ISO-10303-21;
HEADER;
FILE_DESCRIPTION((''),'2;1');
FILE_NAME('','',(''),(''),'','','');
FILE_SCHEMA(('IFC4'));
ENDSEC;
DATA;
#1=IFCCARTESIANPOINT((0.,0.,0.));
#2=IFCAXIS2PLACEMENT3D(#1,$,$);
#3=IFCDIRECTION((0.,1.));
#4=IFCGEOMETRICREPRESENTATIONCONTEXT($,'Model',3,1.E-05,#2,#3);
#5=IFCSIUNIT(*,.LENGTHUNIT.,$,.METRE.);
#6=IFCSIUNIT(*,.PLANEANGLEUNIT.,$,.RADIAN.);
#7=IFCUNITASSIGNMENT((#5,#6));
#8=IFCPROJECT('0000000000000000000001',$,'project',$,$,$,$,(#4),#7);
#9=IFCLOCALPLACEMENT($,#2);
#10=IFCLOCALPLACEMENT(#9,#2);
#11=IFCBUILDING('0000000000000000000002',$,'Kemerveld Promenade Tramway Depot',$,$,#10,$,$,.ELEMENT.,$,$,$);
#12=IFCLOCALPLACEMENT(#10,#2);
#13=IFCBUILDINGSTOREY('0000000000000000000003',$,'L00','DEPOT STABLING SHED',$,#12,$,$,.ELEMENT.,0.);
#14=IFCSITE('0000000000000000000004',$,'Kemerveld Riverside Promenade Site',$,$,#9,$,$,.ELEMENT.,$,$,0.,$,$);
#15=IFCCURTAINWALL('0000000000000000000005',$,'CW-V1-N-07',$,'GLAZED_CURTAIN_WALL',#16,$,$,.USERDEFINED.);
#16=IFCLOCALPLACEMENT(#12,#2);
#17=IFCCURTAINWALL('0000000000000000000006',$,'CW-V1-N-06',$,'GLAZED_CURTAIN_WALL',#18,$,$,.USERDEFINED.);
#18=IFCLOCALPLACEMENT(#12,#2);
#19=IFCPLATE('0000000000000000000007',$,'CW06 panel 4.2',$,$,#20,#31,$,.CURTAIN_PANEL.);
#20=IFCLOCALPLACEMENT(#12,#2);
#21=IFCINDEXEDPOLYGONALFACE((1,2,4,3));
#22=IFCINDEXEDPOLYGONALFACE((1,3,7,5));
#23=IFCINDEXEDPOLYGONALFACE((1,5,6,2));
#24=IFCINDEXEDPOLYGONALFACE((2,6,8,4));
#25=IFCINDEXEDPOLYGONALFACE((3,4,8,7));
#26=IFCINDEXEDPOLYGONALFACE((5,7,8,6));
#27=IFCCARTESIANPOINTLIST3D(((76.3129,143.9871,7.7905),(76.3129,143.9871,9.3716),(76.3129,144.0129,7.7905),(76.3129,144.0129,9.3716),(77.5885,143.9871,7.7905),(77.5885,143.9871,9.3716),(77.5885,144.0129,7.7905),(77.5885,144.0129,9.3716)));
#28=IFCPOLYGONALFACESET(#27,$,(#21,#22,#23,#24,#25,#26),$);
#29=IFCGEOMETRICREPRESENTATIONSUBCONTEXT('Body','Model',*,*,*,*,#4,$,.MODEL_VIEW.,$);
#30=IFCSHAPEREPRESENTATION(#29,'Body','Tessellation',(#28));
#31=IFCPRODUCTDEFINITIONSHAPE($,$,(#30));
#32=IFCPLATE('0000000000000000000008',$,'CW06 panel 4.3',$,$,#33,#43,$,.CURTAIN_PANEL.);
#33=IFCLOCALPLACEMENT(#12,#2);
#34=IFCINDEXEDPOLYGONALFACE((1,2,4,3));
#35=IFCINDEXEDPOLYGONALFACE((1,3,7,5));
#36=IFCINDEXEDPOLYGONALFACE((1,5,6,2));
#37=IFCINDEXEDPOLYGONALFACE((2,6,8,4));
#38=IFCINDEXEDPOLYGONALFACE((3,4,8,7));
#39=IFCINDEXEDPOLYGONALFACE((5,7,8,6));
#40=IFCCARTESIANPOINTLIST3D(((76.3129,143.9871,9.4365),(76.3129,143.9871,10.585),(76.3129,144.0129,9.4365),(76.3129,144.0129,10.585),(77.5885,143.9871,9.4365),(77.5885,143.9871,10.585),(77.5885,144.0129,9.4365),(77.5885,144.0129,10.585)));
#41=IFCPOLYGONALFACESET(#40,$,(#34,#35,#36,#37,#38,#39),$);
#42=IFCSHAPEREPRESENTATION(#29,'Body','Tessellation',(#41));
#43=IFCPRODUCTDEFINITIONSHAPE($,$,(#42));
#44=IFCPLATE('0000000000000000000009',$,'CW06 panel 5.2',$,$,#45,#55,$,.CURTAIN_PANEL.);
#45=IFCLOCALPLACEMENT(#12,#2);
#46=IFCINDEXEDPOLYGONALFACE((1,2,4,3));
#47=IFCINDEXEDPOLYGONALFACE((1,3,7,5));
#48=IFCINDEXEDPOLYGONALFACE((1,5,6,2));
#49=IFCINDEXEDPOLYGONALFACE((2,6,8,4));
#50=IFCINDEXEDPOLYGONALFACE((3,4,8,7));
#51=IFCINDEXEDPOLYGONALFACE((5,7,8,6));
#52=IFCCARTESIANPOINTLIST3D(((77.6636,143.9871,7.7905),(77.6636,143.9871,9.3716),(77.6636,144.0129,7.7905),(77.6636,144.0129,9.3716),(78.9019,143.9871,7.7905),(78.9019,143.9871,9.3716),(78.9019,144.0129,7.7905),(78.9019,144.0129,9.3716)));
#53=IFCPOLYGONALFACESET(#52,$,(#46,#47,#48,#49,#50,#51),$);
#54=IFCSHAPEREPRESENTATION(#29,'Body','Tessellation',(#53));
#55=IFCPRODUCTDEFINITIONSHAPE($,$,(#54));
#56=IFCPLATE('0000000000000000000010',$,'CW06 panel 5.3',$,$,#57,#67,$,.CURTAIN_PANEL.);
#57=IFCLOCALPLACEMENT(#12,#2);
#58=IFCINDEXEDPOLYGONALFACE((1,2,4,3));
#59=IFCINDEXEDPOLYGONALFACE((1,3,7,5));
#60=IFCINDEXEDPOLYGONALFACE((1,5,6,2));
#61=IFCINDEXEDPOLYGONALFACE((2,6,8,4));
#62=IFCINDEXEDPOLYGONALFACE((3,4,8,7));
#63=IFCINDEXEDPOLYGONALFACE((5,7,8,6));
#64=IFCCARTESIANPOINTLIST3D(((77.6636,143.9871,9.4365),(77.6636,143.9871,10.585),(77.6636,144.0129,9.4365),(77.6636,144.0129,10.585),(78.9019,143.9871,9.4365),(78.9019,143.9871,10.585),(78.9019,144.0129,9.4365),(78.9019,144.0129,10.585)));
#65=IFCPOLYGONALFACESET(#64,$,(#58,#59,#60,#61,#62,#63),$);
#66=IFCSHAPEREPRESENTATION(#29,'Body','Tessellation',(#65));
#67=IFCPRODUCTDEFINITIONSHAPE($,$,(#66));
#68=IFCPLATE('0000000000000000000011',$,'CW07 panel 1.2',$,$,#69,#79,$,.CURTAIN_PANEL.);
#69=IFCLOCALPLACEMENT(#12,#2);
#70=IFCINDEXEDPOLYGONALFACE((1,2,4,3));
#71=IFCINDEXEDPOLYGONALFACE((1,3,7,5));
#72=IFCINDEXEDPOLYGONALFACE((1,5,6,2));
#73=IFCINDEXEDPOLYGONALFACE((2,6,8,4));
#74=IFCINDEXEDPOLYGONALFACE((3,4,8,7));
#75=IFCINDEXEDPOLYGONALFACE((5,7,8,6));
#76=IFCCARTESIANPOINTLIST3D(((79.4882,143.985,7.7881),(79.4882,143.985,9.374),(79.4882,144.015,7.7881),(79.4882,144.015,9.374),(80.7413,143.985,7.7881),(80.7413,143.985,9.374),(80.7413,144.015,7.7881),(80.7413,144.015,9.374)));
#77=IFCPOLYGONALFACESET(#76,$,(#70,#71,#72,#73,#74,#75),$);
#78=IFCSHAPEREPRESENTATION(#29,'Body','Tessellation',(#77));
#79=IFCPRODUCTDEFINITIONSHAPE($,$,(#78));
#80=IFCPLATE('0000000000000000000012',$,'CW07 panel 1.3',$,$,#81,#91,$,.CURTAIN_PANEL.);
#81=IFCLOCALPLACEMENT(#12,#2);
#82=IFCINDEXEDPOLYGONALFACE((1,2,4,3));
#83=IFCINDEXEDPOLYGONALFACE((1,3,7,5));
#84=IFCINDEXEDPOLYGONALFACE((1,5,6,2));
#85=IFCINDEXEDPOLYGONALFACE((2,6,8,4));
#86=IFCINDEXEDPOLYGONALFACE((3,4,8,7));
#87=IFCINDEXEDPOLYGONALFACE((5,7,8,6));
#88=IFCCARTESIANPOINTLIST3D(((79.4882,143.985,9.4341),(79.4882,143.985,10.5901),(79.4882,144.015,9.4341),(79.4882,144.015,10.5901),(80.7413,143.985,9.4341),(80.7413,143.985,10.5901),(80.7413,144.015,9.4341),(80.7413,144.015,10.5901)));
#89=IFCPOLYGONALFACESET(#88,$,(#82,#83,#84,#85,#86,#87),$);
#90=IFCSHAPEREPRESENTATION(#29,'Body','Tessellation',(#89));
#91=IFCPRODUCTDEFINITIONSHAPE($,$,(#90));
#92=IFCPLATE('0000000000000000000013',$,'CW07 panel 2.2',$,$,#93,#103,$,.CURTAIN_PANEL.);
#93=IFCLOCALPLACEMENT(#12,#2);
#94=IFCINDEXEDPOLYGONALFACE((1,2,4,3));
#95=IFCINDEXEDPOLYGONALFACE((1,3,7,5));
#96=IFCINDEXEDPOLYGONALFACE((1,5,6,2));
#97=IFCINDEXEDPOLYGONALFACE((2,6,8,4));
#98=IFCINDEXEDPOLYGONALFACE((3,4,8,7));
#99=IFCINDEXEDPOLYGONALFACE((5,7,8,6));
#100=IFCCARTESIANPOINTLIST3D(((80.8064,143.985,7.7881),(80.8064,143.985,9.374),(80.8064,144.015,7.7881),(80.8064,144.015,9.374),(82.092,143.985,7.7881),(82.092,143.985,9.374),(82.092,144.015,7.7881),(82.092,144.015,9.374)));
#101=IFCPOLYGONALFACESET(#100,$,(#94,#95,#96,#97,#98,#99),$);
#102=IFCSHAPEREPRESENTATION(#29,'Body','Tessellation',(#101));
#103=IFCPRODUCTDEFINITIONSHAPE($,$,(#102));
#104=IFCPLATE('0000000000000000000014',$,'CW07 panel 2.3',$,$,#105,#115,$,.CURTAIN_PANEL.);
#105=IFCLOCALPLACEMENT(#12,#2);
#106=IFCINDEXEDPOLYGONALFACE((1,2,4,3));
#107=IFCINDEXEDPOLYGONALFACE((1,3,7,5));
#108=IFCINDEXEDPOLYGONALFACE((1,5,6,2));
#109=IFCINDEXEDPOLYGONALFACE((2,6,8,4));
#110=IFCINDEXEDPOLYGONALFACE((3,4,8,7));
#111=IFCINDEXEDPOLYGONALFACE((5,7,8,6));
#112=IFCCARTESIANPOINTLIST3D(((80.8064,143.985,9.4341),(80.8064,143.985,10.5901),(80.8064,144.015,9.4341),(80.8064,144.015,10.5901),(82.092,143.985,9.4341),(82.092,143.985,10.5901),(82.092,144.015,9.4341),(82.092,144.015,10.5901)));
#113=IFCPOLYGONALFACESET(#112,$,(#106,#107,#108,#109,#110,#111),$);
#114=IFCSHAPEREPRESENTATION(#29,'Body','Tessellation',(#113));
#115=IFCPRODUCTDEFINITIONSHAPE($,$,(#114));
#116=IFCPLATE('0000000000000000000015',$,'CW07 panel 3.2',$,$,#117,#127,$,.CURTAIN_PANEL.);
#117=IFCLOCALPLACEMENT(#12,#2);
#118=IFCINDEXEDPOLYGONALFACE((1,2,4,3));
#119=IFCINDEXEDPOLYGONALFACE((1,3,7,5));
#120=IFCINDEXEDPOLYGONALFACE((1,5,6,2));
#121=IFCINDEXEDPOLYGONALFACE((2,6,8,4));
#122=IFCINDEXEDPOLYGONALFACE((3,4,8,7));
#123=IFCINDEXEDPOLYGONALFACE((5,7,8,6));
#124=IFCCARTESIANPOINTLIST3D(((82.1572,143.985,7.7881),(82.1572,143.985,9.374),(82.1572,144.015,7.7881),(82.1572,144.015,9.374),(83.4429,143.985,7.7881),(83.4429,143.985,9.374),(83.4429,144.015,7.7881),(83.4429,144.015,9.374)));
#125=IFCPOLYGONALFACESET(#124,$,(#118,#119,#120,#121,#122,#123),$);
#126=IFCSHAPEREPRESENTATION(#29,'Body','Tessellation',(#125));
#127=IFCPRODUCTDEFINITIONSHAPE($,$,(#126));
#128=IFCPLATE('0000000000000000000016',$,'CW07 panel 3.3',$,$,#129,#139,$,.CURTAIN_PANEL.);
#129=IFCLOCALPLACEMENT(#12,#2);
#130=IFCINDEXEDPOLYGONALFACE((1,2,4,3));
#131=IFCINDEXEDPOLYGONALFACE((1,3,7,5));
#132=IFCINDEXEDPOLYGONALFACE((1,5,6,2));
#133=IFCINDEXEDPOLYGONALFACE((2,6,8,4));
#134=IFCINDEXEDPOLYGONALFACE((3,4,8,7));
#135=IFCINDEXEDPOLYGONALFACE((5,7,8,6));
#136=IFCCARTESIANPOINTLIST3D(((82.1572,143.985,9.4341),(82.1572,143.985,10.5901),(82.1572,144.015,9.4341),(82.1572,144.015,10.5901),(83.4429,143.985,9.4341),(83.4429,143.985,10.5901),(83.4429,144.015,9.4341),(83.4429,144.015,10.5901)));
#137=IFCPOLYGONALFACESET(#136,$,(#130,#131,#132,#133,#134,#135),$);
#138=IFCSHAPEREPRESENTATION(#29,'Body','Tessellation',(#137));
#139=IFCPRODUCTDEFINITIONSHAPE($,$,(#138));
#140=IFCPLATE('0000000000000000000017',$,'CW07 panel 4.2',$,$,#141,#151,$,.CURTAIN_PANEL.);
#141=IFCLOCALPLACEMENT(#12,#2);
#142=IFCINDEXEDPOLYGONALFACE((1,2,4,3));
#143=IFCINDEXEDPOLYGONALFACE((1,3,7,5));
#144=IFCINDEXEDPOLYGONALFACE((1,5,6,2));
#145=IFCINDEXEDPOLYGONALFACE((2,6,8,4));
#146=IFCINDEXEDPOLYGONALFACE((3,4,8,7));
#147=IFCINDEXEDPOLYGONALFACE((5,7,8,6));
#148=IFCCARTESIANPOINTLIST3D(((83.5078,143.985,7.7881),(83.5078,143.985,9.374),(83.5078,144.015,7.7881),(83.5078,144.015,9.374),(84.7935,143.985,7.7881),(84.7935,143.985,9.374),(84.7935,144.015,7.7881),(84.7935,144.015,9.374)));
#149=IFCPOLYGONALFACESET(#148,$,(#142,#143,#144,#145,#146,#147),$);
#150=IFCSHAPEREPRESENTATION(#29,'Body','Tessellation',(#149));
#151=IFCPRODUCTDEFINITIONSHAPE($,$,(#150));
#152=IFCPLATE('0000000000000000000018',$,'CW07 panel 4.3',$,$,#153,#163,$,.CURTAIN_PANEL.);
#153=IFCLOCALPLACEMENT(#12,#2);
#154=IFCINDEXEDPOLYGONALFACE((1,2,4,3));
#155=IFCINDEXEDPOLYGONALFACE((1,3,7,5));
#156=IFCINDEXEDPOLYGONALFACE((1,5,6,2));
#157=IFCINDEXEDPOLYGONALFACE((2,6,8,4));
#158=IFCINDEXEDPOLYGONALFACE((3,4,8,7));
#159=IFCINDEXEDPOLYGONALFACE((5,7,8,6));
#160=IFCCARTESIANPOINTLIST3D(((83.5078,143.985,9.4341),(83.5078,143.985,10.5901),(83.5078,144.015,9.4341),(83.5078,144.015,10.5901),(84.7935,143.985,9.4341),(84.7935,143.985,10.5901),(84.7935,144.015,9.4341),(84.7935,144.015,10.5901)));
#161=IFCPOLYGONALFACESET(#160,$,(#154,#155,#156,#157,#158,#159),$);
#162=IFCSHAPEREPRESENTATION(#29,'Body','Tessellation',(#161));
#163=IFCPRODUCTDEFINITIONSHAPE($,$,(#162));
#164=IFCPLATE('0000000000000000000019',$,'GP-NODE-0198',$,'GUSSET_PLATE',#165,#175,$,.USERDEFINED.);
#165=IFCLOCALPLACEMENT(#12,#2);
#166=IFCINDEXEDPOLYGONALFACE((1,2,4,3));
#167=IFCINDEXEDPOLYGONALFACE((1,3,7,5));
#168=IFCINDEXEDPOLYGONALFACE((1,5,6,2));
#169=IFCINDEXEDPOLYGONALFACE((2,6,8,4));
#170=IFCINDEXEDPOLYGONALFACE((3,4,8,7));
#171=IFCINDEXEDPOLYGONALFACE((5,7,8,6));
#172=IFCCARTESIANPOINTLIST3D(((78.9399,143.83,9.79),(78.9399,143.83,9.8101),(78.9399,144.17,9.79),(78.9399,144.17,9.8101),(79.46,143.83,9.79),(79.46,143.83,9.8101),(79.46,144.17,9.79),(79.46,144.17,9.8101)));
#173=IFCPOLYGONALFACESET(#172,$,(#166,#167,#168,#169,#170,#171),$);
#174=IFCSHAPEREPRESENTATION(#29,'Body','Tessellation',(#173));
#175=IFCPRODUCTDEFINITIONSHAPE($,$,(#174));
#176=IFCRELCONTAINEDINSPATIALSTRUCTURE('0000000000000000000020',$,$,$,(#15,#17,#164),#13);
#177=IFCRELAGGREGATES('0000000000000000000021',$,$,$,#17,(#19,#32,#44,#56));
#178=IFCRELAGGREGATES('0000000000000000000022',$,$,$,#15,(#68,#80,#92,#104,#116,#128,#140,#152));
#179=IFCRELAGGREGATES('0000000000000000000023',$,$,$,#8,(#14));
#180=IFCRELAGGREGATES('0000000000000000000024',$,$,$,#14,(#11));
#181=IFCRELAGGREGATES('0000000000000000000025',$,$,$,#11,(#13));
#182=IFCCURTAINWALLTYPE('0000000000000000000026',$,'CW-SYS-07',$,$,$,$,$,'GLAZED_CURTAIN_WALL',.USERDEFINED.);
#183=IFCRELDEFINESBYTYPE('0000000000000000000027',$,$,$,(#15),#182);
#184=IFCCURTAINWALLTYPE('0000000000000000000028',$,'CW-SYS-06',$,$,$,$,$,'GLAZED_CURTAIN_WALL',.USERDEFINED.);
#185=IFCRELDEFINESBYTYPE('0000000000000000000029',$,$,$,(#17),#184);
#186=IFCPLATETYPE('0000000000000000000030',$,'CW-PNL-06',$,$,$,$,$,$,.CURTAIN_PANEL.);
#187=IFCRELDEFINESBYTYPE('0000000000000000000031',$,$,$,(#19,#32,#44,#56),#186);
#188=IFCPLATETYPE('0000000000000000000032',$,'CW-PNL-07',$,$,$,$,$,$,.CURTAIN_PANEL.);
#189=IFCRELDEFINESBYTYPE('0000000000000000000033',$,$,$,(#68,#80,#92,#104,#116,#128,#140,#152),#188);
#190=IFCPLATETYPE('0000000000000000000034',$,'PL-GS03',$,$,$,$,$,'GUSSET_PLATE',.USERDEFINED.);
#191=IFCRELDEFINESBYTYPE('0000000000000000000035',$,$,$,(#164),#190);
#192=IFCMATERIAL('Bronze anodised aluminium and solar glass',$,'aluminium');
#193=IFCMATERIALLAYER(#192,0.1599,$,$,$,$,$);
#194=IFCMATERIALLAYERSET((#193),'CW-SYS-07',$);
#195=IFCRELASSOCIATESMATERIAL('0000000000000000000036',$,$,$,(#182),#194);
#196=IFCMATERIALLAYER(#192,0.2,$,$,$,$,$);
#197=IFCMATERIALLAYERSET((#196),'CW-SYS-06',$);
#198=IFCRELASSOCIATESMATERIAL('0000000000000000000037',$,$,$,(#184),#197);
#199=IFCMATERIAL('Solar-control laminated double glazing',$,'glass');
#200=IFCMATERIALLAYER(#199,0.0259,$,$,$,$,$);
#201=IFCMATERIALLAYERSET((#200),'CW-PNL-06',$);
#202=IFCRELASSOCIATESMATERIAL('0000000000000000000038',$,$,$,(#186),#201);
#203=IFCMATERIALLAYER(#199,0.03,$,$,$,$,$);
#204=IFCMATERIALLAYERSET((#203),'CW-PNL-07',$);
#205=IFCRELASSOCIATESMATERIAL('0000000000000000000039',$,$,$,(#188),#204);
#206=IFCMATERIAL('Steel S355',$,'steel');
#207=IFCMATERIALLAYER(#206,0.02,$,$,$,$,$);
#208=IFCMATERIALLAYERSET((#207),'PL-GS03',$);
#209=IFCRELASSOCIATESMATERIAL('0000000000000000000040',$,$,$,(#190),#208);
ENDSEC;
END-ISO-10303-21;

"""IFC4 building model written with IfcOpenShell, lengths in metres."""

from ifc_helpers import new_model, si_unit, direction, frame, origin, origin_2d, place, context, subcontext, project, spatial, rectangle, extrude, material, layer, layer_set, type_object, element, aggregate, save


model = new_model("IFC4")

# Units and contexts
model_context = context("Model", 3, precision=1e-05, world=origin(), true_north=direction((0.0, 1.0)))
body_context = subcontext(model_context, "Body", "Model", "MODEL_VIEW")
ifc_project = project(units=[si_unit("LENGTHUNIT", "METRE"), si_unit("PLANEANGLEUNIT", "RADIAN")], contexts=[model_context])

# Site, building, storey
site_placement = place(None, origin())
site = spatial("IfcSite", under=ifc_project, at=site_placement, Name="Kemerveld Riverside Promenade Site", CompositionType="ELEMENT", RefElevation=0.0)
building_placement = place(site_placement, origin())
building = spatial("IfcBuilding", under=site, at=building_placement, Name="Kemerveld Promenade Tramway Depot", CompositionType="ELEMENT")
storey_placement = place(building_placement, origin())
storey = spatial("IfcBuildingStorey", under=building, at=storey_placement, Name="L00", Description="DEPOT STABLING SHED", CompositionType="ELEMENT", Elevation=0.0)

# Shared definitions
ifc_material_1 = material(Name="Steel S355", Category="steel")

# Curtain walls
ifc_material_2 = material(Name="Bronze anodised aluminium and solar glass", Category="aluminium")
ifc_layer_1 = layer(ifc_material_2, 0.1599)
ifc_layer_set_1 = layer_set([ifc_layer_1], Name="CW-SYS-07")
curtain_wall_type_1 = type_object("IfcCurtainWallType", Name="CW-SYS-07", ElementType="GLAZED_CURTAIN_WALL", PredefinedType="USERDEFINED", material=ifc_layer_set_1)
curtain_wall_1_placement = place(storey_placement, origin())
curtain_wall_1 = element("IfcCurtainWall", 1, at=curtain_wall_1_placement, inside=storey, type_object=curtain_wall_type_1, Name="CW-V1-N-07", ObjectType="GLAZED_CURTAIN_WALL", PredefinedType="USERDEFINED")
ifc_layer_2 = layer(ifc_material_2, 0.2)
ifc_layer_set_2 = layer_set([ifc_layer_2], Name="CW-SYS-06")
curtain_wall_type_2 = type_object("IfcCurtainWallType", Name="CW-SYS-06", ElementType="GLAZED_CURTAIN_WALL", PredefinedType="USERDEFINED", material=ifc_layer_set_2)
curtain_wall_2_placement = place(storey_placement, origin())
curtain_wall_2 = element("IfcCurtainWall", 2, at=curtain_wall_2_placement, inside=storey, type_object=curtain_wall_type_2, Name="CW-V1-N-06", ObjectType="GLAZED_CURTAIN_WALL", PredefinedType="USERDEFINED")

# Plates
ifc_material_3 = material(Name="Solar-control laminated double glazing", Category="glass")
ifc_layer_3 = layer(ifc_material_3, 0.0259)
ifc_layer_set_3 = layer_set([ifc_layer_3], Name="CW-PNL-06")
plate_type_1 = type_object("IfcPlateType", Name="CW-PNL-06", PredefinedType="CURTAIN_PANEL", material=ifc_layer_set_3)
plate_1_placement = place(storey_placement, frame((76.9507, 144.0, 7.7905), z_axis=(0.0, 0.0, 1.0), x_axis=(1.0, 0.0, 0.0)))
plate_1 = element("IfcPlate", 3, at=plate_1_placement, type_object=plate_type_1, Name="CW06 panel 4.2", PredefinedType="CURTAIN_PANEL", context=body_context, shape_type="SweptSolid", body=[
    extrude(rectangle(XDim=1.2756, YDim=0.0259, at=origin_2d()), origin(), (0.0, 0.0, 1.0), 1.5811),
])
plate_2_placement = place(storey_placement, frame((76.9507, 144.0, 9.4365), z_axis=(0.0, 0.0, 1.0), x_axis=(1.0, 0.0, 0.0)))
plate_2 = element("IfcPlate", 4, at=plate_2_placement, type_object=plate_type_1, Name="CW06 panel 4.3", PredefinedType="CURTAIN_PANEL", context=body_context, shape_type="SweptSolid", body=[
    extrude(rectangle(XDim=1.2756, YDim=0.0259, at=origin_2d()), origin(), (0.0, 0.0, 1.0), 1.1484),
])
plate_3_placement = place(storey_placement, frame((78.2827, 144.0, 7.7905), z_axis=(0.0, 0.0, 1.0), x_axis=(1.0, 0.0, 0.0)))
plate_3 = element("IfcPlate", 5, at=plate_3_placement, type_object=plate_type_1, Name="CW06 panel 5.2", PredefinedType="CURTAIN_PANEL", context=body_context, shape_type="SweptSolid", body=[
    extrude(rectangle(XDim=1.2383, YDim=0.0259, at=origin_2d()), origin(), (0.0, 0.0, 1.0), 1.5811),
])
plate_4_placement = place(storey_placement, frame((78.2827, 144.0, 9.4365), z_axis=(0.0, 0.0, 1.0), x_axis=(1.0, 0.0, 0.0)))
plate_4 = element("IfcPlate", 6, at=plate_4_placement, type_object=plate_type_1, Name="CW06 panel 5.3", PredefinedType="CURTAIN_PANEL", context=body_context, shape_type="SweptSolid", body=[
    extrude(rectangle(XDim=1.2383, YDim=0.0259, at=origin_2d()), origin(), (0.0, 0.0, 1.0), 1.1484),
])
aggregate(curtain_wall_2, [plate_1, plate_2, plate_3, plate_4])
ifc_layer_4 = layer(ifc_material_3, 0.03)
ifc_layer_set_4 = layer_set([ifc_layer_4], Name="CW-PNL-07")
plate_type_2 = type_object("IfcPlateType", Name="CW-PNL-07", PredefinedType="CURTAIN_PANEL", material=ifc_layer_set_4)
plate_5_placement = place(storey_placement, frame((80.1147, 144.0, 7.7881), z_axis=(0.0, 0.0, 1.0), x_axis=(1.0, 0.0, 0.0)))
plate_5 = element("IfcPlate", 7, at=plate_5_placement, type_object=plate_type_2, Name="CW07 panel 1.2", PredefinedType="CURTAIN_PANEL", context=body_context, shape_type="SweptSolid", body=[
    extrude(rectangle(XDim=1.2532, YDim=0.03, at=origin_2d()), origin(), (0.0, 0.0, 1.0), 1.5859),
])
plate_6_placement = place(storey_placement, frame((80.1147, 144.0, 9.4341), z_axis=(0.0, 0.0, 1.0), x_axis=(1.0, 0.0, 0.0)))
plate_6 = element("IfcPlate", 8, at=plate_6_placement, type_object=plate_type_2, Name="CW07 panel 1.3", PredefinedType="CURTAIN_PANEL", context=body_context, shape_type="SweptSolid", body=[
    extrude(rectangle(XDim=1.2532, YDim=0.03, at=origin_2d()), origin(), (0.0, 0.0, 1.0), 1.156),
])
plate_7_placement = place(storey_placement, frame((81.4492, 144.0, 7.7881), z_axis=(0.0, 0.0, 1.0), x_axis=(1.0, 0.0, 0.0)))
plate_7 = element("IfcPlate", 9, at=plate_7_placement, type_object=plate_type_2, Name="CW07 panel 2.2", PredefinedType="CURTAIN_PANEL", context=body_context, shape_type="SweptSolid", body=[
    extrude(rectangle(XDim=1.2856, YDim=0.03, at=origin_2d()), origin(), (0.0, 0.0, 1.0), 1.5859),
])
plate_8_placement = place(storey_placement, frame((81.4492, 144.0, 9.4341), z_axis=(0.0, 0.0, 1.0), x_axis=(1.0, 0.0, 0.0)))
plate_8 = element("IfcPlate", 10, at=plate_8_placement, type_object=plate_type_2, Name="CW07 panel 2.3", PredefinedType="CURTAIN_PANEL", context=body_context, shape_type="SweptSolid", body=[
    extrude(rectangle(XDim=1.2856, YDim=0.03, at=origin_2d()), origin(), (0.0, 0.0, 1.0), 1.156),
])
plate_9_placement = place(storey_placement, frame((82.8, 144.0, 7.7881), z_axis=(0.0, 0.0, 1.0), x_axis=(1.0, 0.0, 0.0)))
plate_9 = element("IfcPlate", 11, at=plate_9_placement, type_object=plate_type_2, Name="CW07 panel 3.2", PredefinedType="CURTAIN_PANEL", context=body_context, shape_type="SweptSolid", body=[
    extrude(rectangle(XDim=1.2856, YDim=0.03, at=origin_2d()), origin(), (0.0, 0.0, 1.0), 1.5859),
])
plate_10_placement = place(storey_placement, frame((82.8, 144.0, 9.4341), z_axis=(0.0, 0.0, 1.0), x_axis=(1.0, 0.0, 0.0)))
plate_10 = element("IfcPlate", 12, at=plate_10_placement, type_object=plate_type_2, Name="CW07 panel 3.3", PredefinedType="CURTAIN_PANEL", context=body_context, shape_type="SweptSolid", body=[
    extrude(rectangle(XDim=1.2856, YDim=0.03, at=origin_2d()), origin(), (0.0, 0.0, 1.0), 1.156),
])
plate_11_placement = place(storey_placement, frame((84.1506, 144.0, 7.7881), z_axis=(0.0, 0.0, 1.0), x_axis=(1.0, 0.0, 0.0)))
plate_11 = element("IfcPlate", 13, at=plate_11_placement, type_object=plate_type_2, Name="CW07 panel 4.2", PredefinedType="CURTAIN_PANEL", context=body_context, shape_type="SweptSolid", body=[
    extrude(rectangle(XDim=1.2856, YDim=0.03, at=origin_2d()), origin(), (0.0, 0.0, 1.0), 1.5859),
])
plate_12_placement = place(storey_placement, frame((84.1506, 144.0, 9.4341), z_axis=(0.0, 0.0, 1.0), x_axis=(1.0, 0.0, 0.0)))
plate_12 = element("IfcPlate", 14, at=plate_12_placement, type_object=plate_type_2, Name="CW07 panel 4.3", PredefinedType="CURTAIN_PANEL", context=body_context, shape_type="SweptSolid", body=[
    extrude(rectangle(XDim=1.2856, YDim=0.03, at=origin_2d()), origin(), (0.0, 0.0, 1.0), 1.156),
])
aggregate(curtain_wall_1, [plate_5, plate_6, plate_7, plate_8, plate_9, plate_10, plate_11, plate_12])
ifc_layer_5 = layer(ifc_material_1, 0.02)
ifc_layer_set_5 = layer_set([ifc_layer_5], Name="PL-GS03")
plate_type_3 = type_object("IfcPlateType", Name="PL-GS03", ElementType="GUSSET_PLATE", PredefinedType="USERDEFINED", material=ifc_layer_set_5)
plate_13_placement = place(storey_placement, frame((79.2, 144.0, 9.79), z_axis=(0.0, 0.0, 1.0), x_axis=(1.0, 0.0, 0.0)))
element("IfcPlate", 15, at=plate_13_placement, inside=storey, type_object=plate_type_3, Name="GP-NODE-0198", ObjectType="GUSSET_PLATE", PredefinedType="USERDEFINED", context=body_context, shape_type="SweptSolid", body=[
    extrude(rectangle(XDim=0.52, YDim=0.3401, at=origin_2d()), origin(), (0.0, 0.0, 1.0), 0.02),
])

save(model, "model.ifc")
